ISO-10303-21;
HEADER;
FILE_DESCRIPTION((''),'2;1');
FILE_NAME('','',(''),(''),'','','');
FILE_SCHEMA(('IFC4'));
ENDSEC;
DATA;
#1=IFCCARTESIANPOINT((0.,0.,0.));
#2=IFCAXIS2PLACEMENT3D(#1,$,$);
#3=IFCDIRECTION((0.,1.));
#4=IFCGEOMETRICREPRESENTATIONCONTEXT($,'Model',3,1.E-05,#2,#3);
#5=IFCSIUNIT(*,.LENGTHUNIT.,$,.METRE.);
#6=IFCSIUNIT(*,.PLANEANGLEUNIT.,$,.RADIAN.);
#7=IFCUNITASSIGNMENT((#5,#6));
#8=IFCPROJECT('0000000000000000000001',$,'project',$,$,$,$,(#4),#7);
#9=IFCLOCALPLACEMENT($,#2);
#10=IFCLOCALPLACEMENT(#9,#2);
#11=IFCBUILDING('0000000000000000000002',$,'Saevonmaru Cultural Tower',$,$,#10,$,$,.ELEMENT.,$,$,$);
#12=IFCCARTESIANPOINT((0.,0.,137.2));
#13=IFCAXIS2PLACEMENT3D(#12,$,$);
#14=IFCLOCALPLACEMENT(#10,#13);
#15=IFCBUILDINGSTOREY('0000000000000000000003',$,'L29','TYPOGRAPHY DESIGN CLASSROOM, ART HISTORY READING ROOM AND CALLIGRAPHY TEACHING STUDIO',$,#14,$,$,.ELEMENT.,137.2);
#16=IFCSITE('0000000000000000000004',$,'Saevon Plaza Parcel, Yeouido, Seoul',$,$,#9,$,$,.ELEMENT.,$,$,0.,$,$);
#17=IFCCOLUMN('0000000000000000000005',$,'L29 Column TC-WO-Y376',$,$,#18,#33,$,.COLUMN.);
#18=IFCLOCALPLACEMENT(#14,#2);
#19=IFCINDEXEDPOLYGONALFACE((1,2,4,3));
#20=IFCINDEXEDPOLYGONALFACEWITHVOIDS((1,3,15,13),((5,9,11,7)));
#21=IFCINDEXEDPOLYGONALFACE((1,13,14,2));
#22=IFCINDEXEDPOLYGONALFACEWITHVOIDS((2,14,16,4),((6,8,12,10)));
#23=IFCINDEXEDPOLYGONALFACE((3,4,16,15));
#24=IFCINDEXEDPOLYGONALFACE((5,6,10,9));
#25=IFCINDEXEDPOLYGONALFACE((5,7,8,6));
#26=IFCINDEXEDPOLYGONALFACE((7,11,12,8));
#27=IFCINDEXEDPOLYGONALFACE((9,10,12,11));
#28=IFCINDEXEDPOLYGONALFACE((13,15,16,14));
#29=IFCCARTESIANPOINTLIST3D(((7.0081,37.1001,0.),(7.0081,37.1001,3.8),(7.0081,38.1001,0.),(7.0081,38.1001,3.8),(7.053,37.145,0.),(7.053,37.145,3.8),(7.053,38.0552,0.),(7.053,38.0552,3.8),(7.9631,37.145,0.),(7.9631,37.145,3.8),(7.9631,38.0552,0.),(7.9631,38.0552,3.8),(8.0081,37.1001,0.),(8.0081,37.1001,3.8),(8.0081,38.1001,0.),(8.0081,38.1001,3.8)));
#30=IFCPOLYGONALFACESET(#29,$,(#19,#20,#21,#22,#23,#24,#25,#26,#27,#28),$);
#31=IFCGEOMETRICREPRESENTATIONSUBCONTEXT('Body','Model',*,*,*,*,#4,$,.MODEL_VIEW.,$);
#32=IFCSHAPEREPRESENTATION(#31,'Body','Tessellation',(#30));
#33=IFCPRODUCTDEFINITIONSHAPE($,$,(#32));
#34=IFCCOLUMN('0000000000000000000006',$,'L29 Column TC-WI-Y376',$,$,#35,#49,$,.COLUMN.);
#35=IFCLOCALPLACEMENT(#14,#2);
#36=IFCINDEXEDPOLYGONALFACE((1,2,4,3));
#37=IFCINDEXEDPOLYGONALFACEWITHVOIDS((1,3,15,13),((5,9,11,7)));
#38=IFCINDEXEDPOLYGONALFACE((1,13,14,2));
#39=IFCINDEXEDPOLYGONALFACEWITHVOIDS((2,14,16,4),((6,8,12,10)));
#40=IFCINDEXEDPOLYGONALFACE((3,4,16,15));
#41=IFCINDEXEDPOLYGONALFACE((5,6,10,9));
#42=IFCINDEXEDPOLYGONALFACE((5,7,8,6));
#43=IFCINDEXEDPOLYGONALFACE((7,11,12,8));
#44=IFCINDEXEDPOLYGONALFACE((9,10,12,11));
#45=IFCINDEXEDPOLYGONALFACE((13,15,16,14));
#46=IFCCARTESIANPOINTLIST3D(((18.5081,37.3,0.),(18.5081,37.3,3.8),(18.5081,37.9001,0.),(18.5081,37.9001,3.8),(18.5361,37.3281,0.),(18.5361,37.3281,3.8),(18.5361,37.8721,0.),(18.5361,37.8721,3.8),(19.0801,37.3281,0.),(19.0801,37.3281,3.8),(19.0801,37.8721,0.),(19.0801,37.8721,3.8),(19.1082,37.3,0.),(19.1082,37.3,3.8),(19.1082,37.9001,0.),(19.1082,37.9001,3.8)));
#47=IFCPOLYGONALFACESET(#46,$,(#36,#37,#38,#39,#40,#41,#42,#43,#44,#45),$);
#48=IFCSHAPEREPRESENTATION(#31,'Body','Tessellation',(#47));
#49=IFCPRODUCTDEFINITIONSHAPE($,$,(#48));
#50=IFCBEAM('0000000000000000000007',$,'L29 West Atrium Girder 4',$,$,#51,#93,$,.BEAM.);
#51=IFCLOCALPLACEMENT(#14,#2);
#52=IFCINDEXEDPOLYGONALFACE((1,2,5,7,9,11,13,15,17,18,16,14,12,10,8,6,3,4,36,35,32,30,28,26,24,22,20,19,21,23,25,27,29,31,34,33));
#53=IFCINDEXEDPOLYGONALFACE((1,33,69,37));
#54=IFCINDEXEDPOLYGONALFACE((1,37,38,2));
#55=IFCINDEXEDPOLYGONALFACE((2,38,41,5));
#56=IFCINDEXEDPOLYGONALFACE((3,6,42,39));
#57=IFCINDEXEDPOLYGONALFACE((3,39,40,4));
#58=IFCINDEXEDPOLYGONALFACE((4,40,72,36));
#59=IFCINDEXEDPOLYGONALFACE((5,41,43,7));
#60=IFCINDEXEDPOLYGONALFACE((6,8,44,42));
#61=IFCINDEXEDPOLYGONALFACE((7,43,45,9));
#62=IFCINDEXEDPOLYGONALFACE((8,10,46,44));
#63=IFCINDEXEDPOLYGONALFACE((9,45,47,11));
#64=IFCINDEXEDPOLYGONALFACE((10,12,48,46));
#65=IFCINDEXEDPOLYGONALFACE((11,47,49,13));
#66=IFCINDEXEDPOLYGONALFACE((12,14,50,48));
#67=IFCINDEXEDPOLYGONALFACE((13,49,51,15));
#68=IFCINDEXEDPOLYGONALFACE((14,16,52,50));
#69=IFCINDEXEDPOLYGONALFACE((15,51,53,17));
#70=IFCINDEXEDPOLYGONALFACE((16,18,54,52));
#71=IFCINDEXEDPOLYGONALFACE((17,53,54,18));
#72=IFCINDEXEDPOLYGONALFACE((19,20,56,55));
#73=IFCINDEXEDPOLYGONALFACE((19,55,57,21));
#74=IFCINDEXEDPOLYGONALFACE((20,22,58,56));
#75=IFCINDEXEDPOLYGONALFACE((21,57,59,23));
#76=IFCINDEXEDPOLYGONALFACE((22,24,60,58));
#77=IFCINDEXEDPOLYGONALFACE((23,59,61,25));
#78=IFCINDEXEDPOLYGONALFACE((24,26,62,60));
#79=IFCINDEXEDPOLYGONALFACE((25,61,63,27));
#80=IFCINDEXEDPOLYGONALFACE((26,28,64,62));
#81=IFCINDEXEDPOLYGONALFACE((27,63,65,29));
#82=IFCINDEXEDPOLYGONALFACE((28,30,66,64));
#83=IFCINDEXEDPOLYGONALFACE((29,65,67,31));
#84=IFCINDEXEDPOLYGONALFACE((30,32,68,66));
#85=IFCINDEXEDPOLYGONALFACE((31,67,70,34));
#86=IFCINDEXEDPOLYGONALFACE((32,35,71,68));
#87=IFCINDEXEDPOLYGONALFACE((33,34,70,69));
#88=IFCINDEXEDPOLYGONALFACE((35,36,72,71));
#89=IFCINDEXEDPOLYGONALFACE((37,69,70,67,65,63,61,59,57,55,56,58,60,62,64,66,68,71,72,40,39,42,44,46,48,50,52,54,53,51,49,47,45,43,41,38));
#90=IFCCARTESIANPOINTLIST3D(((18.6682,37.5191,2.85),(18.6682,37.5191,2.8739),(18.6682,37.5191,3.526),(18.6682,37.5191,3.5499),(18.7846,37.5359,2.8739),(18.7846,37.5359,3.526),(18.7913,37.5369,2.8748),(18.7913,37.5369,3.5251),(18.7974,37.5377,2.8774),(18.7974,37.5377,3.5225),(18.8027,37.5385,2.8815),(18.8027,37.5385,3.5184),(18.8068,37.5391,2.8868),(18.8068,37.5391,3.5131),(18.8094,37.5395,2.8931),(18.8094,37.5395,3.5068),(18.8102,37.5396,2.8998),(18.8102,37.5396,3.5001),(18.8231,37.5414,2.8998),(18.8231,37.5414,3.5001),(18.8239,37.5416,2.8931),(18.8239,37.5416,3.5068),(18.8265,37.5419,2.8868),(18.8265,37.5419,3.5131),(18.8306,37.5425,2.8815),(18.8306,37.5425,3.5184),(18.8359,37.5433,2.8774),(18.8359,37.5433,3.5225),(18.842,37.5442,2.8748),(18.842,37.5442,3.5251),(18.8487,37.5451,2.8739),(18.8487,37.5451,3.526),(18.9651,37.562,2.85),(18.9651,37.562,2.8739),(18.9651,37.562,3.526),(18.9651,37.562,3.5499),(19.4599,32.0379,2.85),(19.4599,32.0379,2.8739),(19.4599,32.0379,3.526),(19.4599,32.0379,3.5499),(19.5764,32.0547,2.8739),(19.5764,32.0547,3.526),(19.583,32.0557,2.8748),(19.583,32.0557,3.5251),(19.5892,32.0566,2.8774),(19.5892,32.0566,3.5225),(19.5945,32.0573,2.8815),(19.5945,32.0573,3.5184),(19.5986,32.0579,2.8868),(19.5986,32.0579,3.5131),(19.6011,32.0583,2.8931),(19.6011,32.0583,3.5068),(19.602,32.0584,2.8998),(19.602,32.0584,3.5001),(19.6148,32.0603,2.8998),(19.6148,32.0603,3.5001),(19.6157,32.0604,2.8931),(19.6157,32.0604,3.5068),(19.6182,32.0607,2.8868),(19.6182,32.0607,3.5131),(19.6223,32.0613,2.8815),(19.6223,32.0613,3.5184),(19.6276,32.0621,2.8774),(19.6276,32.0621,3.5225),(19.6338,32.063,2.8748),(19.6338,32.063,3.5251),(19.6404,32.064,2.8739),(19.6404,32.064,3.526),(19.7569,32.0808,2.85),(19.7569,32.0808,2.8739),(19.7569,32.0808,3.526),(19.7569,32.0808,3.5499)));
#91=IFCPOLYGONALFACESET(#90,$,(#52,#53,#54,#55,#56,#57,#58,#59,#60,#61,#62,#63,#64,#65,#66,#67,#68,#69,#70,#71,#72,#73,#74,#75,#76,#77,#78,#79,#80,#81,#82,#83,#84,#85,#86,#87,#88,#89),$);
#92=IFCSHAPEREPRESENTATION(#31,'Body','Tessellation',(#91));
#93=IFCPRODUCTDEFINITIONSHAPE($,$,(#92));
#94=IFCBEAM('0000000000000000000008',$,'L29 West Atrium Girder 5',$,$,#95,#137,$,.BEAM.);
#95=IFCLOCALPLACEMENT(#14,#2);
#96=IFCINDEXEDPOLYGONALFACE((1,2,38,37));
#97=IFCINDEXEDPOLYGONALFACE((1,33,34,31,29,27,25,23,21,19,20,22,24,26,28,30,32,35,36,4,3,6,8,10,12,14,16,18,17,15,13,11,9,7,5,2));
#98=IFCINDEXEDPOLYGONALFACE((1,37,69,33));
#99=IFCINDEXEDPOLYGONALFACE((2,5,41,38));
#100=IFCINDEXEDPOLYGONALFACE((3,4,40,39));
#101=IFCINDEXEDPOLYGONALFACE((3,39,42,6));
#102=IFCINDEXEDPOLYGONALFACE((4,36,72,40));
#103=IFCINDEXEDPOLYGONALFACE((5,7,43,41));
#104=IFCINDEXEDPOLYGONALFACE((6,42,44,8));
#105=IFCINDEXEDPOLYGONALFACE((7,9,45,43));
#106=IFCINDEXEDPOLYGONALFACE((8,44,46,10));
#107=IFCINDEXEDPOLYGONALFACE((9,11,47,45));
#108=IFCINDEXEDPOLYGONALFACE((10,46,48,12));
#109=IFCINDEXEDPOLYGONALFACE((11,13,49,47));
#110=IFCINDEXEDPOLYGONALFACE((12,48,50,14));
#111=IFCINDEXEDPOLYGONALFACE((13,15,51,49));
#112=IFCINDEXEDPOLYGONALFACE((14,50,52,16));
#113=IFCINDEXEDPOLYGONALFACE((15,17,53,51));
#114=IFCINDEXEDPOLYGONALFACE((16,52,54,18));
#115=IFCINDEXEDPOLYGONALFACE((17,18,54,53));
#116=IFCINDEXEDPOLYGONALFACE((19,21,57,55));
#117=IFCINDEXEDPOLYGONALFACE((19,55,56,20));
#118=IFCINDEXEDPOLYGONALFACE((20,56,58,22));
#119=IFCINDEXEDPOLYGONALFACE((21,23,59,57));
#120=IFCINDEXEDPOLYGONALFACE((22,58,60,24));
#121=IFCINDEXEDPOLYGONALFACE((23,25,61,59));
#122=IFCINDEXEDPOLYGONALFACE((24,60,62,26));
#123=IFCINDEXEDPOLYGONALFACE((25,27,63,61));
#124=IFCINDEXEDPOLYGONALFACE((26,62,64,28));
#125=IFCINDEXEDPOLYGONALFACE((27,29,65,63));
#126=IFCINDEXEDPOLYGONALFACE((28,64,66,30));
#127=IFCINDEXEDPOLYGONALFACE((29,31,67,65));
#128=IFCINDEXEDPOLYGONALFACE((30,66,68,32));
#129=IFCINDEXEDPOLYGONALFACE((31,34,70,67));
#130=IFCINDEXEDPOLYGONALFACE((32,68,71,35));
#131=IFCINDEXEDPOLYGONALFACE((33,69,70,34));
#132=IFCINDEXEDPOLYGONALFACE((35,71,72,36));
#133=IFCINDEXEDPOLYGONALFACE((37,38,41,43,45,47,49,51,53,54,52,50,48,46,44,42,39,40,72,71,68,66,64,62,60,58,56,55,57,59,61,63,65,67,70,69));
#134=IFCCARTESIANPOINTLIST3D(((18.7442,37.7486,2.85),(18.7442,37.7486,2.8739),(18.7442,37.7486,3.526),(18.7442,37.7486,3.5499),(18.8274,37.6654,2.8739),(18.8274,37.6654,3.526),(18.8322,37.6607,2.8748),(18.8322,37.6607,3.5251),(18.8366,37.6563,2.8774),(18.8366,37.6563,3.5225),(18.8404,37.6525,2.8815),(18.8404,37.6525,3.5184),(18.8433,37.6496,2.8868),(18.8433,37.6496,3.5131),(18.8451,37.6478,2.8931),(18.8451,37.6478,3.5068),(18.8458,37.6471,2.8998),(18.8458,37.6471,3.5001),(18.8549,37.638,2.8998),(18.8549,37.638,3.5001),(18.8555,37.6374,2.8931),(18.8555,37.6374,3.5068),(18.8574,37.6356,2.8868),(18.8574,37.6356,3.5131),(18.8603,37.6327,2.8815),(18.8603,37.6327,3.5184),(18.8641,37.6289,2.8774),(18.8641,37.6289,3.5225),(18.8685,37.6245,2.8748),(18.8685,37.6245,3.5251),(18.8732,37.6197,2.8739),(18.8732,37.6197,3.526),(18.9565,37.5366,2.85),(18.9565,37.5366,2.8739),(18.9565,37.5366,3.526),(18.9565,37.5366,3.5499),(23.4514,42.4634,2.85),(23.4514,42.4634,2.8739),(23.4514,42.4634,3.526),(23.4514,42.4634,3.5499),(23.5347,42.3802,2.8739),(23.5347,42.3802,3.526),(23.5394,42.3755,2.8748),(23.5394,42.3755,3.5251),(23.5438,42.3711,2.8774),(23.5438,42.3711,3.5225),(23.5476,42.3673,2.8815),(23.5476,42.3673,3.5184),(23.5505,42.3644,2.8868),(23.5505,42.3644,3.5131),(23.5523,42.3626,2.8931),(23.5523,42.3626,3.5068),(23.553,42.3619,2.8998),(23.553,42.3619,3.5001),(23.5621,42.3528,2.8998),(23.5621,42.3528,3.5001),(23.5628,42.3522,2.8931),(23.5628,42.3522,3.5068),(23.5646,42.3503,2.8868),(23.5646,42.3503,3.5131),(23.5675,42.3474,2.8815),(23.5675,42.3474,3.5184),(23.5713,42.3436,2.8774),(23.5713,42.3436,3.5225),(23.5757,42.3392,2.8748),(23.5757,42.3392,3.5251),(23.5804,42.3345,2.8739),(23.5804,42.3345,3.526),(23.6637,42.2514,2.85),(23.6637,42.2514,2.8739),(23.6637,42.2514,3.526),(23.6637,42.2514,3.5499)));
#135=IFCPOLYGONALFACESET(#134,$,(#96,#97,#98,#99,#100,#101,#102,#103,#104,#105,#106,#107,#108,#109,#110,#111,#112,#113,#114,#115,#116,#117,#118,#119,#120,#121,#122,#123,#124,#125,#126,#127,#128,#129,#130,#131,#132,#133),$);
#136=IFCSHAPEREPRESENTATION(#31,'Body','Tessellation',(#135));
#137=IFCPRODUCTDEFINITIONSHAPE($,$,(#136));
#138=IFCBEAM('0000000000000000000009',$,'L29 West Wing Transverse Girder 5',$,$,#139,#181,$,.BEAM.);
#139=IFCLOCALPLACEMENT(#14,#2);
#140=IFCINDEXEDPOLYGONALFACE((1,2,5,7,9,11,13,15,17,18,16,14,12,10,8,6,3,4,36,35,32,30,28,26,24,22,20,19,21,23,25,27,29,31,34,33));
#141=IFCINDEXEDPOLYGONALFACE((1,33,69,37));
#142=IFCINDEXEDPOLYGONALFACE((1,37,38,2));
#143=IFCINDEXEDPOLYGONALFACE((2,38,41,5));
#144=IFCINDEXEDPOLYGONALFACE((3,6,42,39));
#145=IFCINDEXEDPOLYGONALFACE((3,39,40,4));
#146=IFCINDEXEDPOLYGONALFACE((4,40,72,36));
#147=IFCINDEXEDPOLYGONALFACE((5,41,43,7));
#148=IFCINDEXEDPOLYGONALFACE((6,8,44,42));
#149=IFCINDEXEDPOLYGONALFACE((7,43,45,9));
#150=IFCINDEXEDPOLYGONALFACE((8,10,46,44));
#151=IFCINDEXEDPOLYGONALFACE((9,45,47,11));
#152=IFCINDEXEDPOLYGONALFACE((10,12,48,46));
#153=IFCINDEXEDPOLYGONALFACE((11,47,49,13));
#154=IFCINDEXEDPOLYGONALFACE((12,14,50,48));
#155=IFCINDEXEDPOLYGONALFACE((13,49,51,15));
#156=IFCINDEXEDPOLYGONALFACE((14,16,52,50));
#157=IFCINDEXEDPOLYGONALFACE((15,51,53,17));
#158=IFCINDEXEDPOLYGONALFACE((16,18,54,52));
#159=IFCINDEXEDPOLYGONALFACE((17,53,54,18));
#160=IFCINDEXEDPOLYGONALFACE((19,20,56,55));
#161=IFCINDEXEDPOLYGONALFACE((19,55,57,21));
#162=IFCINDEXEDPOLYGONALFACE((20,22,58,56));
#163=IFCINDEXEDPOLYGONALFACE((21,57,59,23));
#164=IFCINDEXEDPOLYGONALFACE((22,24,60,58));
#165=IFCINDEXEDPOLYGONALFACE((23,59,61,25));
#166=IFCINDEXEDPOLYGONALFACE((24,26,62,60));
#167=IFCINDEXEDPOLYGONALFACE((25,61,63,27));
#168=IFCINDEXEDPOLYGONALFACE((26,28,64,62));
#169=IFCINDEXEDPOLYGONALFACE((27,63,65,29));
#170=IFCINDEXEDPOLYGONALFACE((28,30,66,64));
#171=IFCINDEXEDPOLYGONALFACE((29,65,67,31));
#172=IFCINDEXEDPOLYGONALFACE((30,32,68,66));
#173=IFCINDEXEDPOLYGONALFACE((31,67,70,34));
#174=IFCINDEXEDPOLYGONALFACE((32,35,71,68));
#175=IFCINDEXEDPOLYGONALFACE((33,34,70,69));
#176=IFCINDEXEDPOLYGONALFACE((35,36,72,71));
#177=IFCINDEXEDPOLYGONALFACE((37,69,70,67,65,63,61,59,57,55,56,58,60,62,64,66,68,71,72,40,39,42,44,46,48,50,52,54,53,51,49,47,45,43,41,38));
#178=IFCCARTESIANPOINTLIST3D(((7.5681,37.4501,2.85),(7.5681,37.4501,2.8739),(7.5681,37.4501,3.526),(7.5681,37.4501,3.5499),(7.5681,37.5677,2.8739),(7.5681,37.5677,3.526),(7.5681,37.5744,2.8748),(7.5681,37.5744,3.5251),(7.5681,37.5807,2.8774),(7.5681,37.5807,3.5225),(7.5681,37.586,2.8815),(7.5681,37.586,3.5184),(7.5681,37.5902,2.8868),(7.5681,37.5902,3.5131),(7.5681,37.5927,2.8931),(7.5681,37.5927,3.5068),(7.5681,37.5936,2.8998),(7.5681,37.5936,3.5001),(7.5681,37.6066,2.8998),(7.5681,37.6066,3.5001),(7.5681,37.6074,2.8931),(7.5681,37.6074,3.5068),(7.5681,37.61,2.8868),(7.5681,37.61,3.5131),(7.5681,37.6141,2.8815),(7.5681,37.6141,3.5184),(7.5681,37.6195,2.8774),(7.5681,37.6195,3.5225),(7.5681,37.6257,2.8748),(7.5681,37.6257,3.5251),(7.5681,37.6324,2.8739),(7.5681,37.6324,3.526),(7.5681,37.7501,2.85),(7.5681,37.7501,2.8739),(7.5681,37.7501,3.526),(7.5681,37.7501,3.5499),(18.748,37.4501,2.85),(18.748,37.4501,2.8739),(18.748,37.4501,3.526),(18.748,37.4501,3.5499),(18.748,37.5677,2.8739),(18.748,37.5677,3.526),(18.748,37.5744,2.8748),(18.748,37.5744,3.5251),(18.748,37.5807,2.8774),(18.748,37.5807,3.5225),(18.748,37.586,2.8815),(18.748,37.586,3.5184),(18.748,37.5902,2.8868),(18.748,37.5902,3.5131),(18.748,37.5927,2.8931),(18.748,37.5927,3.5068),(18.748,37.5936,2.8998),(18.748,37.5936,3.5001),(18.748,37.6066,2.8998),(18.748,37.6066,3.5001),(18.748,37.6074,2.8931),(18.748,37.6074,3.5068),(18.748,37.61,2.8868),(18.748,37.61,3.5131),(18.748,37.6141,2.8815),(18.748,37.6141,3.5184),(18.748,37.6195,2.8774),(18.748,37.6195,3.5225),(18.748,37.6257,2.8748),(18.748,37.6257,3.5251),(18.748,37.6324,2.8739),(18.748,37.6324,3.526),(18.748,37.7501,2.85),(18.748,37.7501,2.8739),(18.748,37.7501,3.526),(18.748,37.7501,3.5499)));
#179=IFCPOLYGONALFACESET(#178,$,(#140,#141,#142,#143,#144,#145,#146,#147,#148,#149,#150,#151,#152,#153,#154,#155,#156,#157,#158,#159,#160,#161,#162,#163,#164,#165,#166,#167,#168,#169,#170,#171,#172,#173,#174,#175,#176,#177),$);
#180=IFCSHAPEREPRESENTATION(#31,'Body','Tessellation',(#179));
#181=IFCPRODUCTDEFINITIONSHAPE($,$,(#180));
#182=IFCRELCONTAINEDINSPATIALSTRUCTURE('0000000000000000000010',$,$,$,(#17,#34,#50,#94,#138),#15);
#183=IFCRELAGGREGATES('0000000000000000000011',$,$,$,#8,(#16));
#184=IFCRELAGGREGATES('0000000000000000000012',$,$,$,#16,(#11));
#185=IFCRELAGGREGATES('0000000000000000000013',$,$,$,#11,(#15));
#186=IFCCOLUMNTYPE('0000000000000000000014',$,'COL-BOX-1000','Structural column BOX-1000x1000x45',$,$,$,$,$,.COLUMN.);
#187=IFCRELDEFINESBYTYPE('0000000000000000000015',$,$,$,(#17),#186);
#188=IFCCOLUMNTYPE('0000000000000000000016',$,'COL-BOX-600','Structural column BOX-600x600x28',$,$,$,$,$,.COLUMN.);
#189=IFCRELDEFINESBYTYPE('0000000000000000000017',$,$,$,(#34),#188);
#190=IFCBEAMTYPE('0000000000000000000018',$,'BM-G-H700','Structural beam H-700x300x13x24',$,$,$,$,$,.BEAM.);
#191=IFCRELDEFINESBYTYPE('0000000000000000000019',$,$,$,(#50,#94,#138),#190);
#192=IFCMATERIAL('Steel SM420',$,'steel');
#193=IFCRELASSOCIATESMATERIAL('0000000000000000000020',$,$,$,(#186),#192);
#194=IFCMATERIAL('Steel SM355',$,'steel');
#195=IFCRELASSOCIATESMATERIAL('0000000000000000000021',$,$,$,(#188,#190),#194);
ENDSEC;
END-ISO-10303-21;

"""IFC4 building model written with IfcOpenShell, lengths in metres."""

from ifc_helpers import new_model, si_unit, direction, frame, origin, origin_2d, place, context, subcontext, project, spatial, hollow_rectangle, i_section, extrude, material, material_profile, profile_set, type_object, element, save


model = new_model("IFC4")

# Units and contexts
model_context = context("Model", 3, precision=1e-05, world=origin(), true_north=direction((0.0, 1.0)))
body_context = subcontext(model_context, "Body", "Model", "MODEL_VIEW")
ifc_project = project(units=[si_unit("LENGTHUNIT", "METRE"), si_unit("PLANEANGLEUNIT", "RADIAN")], contexts=[model_context])

# Site, building, storey
site_placement = place(None, origin())
site = spatial("IfcSite", under=ifc_project, at=site_placement, Name="Saevon Plaza Parcel, Yeouido, Seoul", CompositionType="ELEMENT", RefElevation=0.0)
building_placement = place(site_placement, origin())
building = spatial("IfcBuilding", under=site, at=building_placement, Name="Saevonmaru Cultural Tower", CompositionType="ELEMENT")
storey_placement = place(building_placement, frame((0.0, 0.0, 137.2)))
storey = spatial("IfcBuildingStorey", under=building, at=storey_placement, Name="L29", Description="TYPOGRAPHY DESIGN CLASSROOM, ART HISTORY READING ROOM AND CALLIGRAPHY TEACHING STUDIO", CompositionType="ELEMENT", Elevation=137.2)

# Columns
ifc_material_1 = material(Name="Steel SM420", Category="steel")
ifc_material_profile_1 = material_profile(ifc_material_1, hollow_rectangle(XDim=1.0, YDim=1.0, WallThickness=0.0449, at=origin_2d()), Name="BOX-1000x1000x45")
ifc_profile_set_1 = profile_set([ifc_material_profile_1], Name="Steel SM420")
column_type_1 = type_object("IfcColumnType", Name="COL-BOX-1000", Description="Structural column BOX-1000x1000x45", PredefinedType="COLUMN", material=ifc_profile_set_1)
column_1_placement = place(storey_placement, frame((7.5081, 37.6001, 0.0), z_axis=(0.0, 0.0, 1.0), x_axis=(1.0, 0.0, 0.0)))
element("IfcColumn", 1, at=column_1_placement, inside=storey, type_object=column_type_1, Name="L29 Column TC-WO-Y376", PredefinedType="COLUMN", context=body_context, shape_type="SweptSolid", body=[
    extrude(hollow_rectangle(XDim=1.0, YDim=1.0, WallThickness=0.0449, at=origin_2d()), origin(), (0.0, 0.0, 1.0), 3.8),
])
ifc_material_2 = material(Name="Steel SM355", Category="steel")
ifc_material_profile_2 = material_profile(ifc_material_2, hollow_rectangle(XDim=0.6001, YDim=0.6001, WallThickness=0.0281, at=origin_2d()), Name="BOX-600x600x28")
ifc_profile_set_2 = profile_set([ifc_material_profile_2], Name="Steel SM355")
column_type_2 = type_object("IfcColumnType", Name="COL-BOX-600", Description="Structural column BOX-600x600x28", PredefinedType="COLUMN", material=ifc_profile_set_2)
column_2_placement = place(storey_placement, frame((18.8081, 37.6001, 0.0), z_axis=(0.0, 0.0, 1.0), x_axis=(1.0, 0.0, 0.0)))
element("IfcColumn", 2, at=column_2_placement, inside=storey, type_object=column_type_2, Name="L29 Column TC-WI-Y376", PredefinedType="COLUMN", context=body_context, shape_type="SweptSolid", body=[
    extrude(hollow_rectangle(XDim=0.6001, YDim=0.6001, WallThickness=0.0281, at=origin_2d()), origin(), (0.0, 0.0, 1.0), 3.8),
])

# Beams
ifc_material_profile_3 = material_profile(ifc_material_2, i_section(OverallWidth=0.3, OverallDepth=0.7, WebThickness=0.0129, FlangeThickness=0.0239, FilletRadius=0.0259, at=origin_2d()), Name="H-700x300x13x24")
ifc_profile_set_3 = profile_set([ifc_material_profile_3], Name="Steel SM355")
beam_type_1 = type_object("IfcBeamType", Name="BM-G-H700", Description="Structural beam H-700x300x13x24", PredefinedType="BEAM", material=ifc_profile_set_3)
beam_1_placement = place(storey_placement, frame((19.6084, 32.0593, 3.2), z_axis=(-0.142964, 0.989728, 0.0), x_axis=(-0.989728, -0.142964, 0.0)))
element("IfcBeam", 3, at=beam_1_placement, inside=storey, type_object=beam_type_1, Name="L29 West Atrium Girder 4", PredefinedType="BEAM", context=body_context, shape_type="SweptSolid", body=[
    extrude(i_section(OverallWidth=0.3, OverallDepth=0.7, WebThickness=0.0129, FlangeThickness=0.0239, FilletRadius=0.0259, at=origin_2d()), origin(), (0.0, 0.0, 1.0), 5.5381),
])
beam_2_placement = place(storey_placement, frame((18.8503, 37.6426, 3.2), z_axis=(0.706539, 0.707675, 0.0), x_axis=(-0.707675, 0.706539, 0.0)))
element("IfcBeam", 4, at=beam_2_placement, inside=storey, type_object=beam_type_1, Name="L29 West Atrium Girder 5", PredefinedType="BEAM", context=body_context, shape_type="SweptSolid", body=[
    extrude(i_section(OverallWidth=0.3, OverallDepth=0.7, WebThickness=0.0129, FlangeThickness=0.0239, FilletRadius=0.0259, at=origin_2d()), origin(), (0.0, 0.0, 1.0), 6.6624),
])
beam_3_placement = place(storey_placement, frame((7.5681, 37.6001, 3.2), z_axis=(1.0, 0.0, 0.0), x_axis=(0.0, 1.0, 0.0)))
element("IfcBeam", 5, at=beam_3_placement, inside=storey, type_object=beam_type_1, Name="L29 West Wing Transverse Girder 5", PredefinedType="BEAM", context=body_context, shape_type="SweptSolid", body=[
    extrude(i_section(OverallWidth=0.3, OverallDepth=0.7, WebThickness=0.0129, FlangeThickness=0.0239, FilletRadius=0.0259, at=origin_2d()), origin(), (0.0, 0.0, 1.0), 11.1799),
])

save(model, "model.ifc")
